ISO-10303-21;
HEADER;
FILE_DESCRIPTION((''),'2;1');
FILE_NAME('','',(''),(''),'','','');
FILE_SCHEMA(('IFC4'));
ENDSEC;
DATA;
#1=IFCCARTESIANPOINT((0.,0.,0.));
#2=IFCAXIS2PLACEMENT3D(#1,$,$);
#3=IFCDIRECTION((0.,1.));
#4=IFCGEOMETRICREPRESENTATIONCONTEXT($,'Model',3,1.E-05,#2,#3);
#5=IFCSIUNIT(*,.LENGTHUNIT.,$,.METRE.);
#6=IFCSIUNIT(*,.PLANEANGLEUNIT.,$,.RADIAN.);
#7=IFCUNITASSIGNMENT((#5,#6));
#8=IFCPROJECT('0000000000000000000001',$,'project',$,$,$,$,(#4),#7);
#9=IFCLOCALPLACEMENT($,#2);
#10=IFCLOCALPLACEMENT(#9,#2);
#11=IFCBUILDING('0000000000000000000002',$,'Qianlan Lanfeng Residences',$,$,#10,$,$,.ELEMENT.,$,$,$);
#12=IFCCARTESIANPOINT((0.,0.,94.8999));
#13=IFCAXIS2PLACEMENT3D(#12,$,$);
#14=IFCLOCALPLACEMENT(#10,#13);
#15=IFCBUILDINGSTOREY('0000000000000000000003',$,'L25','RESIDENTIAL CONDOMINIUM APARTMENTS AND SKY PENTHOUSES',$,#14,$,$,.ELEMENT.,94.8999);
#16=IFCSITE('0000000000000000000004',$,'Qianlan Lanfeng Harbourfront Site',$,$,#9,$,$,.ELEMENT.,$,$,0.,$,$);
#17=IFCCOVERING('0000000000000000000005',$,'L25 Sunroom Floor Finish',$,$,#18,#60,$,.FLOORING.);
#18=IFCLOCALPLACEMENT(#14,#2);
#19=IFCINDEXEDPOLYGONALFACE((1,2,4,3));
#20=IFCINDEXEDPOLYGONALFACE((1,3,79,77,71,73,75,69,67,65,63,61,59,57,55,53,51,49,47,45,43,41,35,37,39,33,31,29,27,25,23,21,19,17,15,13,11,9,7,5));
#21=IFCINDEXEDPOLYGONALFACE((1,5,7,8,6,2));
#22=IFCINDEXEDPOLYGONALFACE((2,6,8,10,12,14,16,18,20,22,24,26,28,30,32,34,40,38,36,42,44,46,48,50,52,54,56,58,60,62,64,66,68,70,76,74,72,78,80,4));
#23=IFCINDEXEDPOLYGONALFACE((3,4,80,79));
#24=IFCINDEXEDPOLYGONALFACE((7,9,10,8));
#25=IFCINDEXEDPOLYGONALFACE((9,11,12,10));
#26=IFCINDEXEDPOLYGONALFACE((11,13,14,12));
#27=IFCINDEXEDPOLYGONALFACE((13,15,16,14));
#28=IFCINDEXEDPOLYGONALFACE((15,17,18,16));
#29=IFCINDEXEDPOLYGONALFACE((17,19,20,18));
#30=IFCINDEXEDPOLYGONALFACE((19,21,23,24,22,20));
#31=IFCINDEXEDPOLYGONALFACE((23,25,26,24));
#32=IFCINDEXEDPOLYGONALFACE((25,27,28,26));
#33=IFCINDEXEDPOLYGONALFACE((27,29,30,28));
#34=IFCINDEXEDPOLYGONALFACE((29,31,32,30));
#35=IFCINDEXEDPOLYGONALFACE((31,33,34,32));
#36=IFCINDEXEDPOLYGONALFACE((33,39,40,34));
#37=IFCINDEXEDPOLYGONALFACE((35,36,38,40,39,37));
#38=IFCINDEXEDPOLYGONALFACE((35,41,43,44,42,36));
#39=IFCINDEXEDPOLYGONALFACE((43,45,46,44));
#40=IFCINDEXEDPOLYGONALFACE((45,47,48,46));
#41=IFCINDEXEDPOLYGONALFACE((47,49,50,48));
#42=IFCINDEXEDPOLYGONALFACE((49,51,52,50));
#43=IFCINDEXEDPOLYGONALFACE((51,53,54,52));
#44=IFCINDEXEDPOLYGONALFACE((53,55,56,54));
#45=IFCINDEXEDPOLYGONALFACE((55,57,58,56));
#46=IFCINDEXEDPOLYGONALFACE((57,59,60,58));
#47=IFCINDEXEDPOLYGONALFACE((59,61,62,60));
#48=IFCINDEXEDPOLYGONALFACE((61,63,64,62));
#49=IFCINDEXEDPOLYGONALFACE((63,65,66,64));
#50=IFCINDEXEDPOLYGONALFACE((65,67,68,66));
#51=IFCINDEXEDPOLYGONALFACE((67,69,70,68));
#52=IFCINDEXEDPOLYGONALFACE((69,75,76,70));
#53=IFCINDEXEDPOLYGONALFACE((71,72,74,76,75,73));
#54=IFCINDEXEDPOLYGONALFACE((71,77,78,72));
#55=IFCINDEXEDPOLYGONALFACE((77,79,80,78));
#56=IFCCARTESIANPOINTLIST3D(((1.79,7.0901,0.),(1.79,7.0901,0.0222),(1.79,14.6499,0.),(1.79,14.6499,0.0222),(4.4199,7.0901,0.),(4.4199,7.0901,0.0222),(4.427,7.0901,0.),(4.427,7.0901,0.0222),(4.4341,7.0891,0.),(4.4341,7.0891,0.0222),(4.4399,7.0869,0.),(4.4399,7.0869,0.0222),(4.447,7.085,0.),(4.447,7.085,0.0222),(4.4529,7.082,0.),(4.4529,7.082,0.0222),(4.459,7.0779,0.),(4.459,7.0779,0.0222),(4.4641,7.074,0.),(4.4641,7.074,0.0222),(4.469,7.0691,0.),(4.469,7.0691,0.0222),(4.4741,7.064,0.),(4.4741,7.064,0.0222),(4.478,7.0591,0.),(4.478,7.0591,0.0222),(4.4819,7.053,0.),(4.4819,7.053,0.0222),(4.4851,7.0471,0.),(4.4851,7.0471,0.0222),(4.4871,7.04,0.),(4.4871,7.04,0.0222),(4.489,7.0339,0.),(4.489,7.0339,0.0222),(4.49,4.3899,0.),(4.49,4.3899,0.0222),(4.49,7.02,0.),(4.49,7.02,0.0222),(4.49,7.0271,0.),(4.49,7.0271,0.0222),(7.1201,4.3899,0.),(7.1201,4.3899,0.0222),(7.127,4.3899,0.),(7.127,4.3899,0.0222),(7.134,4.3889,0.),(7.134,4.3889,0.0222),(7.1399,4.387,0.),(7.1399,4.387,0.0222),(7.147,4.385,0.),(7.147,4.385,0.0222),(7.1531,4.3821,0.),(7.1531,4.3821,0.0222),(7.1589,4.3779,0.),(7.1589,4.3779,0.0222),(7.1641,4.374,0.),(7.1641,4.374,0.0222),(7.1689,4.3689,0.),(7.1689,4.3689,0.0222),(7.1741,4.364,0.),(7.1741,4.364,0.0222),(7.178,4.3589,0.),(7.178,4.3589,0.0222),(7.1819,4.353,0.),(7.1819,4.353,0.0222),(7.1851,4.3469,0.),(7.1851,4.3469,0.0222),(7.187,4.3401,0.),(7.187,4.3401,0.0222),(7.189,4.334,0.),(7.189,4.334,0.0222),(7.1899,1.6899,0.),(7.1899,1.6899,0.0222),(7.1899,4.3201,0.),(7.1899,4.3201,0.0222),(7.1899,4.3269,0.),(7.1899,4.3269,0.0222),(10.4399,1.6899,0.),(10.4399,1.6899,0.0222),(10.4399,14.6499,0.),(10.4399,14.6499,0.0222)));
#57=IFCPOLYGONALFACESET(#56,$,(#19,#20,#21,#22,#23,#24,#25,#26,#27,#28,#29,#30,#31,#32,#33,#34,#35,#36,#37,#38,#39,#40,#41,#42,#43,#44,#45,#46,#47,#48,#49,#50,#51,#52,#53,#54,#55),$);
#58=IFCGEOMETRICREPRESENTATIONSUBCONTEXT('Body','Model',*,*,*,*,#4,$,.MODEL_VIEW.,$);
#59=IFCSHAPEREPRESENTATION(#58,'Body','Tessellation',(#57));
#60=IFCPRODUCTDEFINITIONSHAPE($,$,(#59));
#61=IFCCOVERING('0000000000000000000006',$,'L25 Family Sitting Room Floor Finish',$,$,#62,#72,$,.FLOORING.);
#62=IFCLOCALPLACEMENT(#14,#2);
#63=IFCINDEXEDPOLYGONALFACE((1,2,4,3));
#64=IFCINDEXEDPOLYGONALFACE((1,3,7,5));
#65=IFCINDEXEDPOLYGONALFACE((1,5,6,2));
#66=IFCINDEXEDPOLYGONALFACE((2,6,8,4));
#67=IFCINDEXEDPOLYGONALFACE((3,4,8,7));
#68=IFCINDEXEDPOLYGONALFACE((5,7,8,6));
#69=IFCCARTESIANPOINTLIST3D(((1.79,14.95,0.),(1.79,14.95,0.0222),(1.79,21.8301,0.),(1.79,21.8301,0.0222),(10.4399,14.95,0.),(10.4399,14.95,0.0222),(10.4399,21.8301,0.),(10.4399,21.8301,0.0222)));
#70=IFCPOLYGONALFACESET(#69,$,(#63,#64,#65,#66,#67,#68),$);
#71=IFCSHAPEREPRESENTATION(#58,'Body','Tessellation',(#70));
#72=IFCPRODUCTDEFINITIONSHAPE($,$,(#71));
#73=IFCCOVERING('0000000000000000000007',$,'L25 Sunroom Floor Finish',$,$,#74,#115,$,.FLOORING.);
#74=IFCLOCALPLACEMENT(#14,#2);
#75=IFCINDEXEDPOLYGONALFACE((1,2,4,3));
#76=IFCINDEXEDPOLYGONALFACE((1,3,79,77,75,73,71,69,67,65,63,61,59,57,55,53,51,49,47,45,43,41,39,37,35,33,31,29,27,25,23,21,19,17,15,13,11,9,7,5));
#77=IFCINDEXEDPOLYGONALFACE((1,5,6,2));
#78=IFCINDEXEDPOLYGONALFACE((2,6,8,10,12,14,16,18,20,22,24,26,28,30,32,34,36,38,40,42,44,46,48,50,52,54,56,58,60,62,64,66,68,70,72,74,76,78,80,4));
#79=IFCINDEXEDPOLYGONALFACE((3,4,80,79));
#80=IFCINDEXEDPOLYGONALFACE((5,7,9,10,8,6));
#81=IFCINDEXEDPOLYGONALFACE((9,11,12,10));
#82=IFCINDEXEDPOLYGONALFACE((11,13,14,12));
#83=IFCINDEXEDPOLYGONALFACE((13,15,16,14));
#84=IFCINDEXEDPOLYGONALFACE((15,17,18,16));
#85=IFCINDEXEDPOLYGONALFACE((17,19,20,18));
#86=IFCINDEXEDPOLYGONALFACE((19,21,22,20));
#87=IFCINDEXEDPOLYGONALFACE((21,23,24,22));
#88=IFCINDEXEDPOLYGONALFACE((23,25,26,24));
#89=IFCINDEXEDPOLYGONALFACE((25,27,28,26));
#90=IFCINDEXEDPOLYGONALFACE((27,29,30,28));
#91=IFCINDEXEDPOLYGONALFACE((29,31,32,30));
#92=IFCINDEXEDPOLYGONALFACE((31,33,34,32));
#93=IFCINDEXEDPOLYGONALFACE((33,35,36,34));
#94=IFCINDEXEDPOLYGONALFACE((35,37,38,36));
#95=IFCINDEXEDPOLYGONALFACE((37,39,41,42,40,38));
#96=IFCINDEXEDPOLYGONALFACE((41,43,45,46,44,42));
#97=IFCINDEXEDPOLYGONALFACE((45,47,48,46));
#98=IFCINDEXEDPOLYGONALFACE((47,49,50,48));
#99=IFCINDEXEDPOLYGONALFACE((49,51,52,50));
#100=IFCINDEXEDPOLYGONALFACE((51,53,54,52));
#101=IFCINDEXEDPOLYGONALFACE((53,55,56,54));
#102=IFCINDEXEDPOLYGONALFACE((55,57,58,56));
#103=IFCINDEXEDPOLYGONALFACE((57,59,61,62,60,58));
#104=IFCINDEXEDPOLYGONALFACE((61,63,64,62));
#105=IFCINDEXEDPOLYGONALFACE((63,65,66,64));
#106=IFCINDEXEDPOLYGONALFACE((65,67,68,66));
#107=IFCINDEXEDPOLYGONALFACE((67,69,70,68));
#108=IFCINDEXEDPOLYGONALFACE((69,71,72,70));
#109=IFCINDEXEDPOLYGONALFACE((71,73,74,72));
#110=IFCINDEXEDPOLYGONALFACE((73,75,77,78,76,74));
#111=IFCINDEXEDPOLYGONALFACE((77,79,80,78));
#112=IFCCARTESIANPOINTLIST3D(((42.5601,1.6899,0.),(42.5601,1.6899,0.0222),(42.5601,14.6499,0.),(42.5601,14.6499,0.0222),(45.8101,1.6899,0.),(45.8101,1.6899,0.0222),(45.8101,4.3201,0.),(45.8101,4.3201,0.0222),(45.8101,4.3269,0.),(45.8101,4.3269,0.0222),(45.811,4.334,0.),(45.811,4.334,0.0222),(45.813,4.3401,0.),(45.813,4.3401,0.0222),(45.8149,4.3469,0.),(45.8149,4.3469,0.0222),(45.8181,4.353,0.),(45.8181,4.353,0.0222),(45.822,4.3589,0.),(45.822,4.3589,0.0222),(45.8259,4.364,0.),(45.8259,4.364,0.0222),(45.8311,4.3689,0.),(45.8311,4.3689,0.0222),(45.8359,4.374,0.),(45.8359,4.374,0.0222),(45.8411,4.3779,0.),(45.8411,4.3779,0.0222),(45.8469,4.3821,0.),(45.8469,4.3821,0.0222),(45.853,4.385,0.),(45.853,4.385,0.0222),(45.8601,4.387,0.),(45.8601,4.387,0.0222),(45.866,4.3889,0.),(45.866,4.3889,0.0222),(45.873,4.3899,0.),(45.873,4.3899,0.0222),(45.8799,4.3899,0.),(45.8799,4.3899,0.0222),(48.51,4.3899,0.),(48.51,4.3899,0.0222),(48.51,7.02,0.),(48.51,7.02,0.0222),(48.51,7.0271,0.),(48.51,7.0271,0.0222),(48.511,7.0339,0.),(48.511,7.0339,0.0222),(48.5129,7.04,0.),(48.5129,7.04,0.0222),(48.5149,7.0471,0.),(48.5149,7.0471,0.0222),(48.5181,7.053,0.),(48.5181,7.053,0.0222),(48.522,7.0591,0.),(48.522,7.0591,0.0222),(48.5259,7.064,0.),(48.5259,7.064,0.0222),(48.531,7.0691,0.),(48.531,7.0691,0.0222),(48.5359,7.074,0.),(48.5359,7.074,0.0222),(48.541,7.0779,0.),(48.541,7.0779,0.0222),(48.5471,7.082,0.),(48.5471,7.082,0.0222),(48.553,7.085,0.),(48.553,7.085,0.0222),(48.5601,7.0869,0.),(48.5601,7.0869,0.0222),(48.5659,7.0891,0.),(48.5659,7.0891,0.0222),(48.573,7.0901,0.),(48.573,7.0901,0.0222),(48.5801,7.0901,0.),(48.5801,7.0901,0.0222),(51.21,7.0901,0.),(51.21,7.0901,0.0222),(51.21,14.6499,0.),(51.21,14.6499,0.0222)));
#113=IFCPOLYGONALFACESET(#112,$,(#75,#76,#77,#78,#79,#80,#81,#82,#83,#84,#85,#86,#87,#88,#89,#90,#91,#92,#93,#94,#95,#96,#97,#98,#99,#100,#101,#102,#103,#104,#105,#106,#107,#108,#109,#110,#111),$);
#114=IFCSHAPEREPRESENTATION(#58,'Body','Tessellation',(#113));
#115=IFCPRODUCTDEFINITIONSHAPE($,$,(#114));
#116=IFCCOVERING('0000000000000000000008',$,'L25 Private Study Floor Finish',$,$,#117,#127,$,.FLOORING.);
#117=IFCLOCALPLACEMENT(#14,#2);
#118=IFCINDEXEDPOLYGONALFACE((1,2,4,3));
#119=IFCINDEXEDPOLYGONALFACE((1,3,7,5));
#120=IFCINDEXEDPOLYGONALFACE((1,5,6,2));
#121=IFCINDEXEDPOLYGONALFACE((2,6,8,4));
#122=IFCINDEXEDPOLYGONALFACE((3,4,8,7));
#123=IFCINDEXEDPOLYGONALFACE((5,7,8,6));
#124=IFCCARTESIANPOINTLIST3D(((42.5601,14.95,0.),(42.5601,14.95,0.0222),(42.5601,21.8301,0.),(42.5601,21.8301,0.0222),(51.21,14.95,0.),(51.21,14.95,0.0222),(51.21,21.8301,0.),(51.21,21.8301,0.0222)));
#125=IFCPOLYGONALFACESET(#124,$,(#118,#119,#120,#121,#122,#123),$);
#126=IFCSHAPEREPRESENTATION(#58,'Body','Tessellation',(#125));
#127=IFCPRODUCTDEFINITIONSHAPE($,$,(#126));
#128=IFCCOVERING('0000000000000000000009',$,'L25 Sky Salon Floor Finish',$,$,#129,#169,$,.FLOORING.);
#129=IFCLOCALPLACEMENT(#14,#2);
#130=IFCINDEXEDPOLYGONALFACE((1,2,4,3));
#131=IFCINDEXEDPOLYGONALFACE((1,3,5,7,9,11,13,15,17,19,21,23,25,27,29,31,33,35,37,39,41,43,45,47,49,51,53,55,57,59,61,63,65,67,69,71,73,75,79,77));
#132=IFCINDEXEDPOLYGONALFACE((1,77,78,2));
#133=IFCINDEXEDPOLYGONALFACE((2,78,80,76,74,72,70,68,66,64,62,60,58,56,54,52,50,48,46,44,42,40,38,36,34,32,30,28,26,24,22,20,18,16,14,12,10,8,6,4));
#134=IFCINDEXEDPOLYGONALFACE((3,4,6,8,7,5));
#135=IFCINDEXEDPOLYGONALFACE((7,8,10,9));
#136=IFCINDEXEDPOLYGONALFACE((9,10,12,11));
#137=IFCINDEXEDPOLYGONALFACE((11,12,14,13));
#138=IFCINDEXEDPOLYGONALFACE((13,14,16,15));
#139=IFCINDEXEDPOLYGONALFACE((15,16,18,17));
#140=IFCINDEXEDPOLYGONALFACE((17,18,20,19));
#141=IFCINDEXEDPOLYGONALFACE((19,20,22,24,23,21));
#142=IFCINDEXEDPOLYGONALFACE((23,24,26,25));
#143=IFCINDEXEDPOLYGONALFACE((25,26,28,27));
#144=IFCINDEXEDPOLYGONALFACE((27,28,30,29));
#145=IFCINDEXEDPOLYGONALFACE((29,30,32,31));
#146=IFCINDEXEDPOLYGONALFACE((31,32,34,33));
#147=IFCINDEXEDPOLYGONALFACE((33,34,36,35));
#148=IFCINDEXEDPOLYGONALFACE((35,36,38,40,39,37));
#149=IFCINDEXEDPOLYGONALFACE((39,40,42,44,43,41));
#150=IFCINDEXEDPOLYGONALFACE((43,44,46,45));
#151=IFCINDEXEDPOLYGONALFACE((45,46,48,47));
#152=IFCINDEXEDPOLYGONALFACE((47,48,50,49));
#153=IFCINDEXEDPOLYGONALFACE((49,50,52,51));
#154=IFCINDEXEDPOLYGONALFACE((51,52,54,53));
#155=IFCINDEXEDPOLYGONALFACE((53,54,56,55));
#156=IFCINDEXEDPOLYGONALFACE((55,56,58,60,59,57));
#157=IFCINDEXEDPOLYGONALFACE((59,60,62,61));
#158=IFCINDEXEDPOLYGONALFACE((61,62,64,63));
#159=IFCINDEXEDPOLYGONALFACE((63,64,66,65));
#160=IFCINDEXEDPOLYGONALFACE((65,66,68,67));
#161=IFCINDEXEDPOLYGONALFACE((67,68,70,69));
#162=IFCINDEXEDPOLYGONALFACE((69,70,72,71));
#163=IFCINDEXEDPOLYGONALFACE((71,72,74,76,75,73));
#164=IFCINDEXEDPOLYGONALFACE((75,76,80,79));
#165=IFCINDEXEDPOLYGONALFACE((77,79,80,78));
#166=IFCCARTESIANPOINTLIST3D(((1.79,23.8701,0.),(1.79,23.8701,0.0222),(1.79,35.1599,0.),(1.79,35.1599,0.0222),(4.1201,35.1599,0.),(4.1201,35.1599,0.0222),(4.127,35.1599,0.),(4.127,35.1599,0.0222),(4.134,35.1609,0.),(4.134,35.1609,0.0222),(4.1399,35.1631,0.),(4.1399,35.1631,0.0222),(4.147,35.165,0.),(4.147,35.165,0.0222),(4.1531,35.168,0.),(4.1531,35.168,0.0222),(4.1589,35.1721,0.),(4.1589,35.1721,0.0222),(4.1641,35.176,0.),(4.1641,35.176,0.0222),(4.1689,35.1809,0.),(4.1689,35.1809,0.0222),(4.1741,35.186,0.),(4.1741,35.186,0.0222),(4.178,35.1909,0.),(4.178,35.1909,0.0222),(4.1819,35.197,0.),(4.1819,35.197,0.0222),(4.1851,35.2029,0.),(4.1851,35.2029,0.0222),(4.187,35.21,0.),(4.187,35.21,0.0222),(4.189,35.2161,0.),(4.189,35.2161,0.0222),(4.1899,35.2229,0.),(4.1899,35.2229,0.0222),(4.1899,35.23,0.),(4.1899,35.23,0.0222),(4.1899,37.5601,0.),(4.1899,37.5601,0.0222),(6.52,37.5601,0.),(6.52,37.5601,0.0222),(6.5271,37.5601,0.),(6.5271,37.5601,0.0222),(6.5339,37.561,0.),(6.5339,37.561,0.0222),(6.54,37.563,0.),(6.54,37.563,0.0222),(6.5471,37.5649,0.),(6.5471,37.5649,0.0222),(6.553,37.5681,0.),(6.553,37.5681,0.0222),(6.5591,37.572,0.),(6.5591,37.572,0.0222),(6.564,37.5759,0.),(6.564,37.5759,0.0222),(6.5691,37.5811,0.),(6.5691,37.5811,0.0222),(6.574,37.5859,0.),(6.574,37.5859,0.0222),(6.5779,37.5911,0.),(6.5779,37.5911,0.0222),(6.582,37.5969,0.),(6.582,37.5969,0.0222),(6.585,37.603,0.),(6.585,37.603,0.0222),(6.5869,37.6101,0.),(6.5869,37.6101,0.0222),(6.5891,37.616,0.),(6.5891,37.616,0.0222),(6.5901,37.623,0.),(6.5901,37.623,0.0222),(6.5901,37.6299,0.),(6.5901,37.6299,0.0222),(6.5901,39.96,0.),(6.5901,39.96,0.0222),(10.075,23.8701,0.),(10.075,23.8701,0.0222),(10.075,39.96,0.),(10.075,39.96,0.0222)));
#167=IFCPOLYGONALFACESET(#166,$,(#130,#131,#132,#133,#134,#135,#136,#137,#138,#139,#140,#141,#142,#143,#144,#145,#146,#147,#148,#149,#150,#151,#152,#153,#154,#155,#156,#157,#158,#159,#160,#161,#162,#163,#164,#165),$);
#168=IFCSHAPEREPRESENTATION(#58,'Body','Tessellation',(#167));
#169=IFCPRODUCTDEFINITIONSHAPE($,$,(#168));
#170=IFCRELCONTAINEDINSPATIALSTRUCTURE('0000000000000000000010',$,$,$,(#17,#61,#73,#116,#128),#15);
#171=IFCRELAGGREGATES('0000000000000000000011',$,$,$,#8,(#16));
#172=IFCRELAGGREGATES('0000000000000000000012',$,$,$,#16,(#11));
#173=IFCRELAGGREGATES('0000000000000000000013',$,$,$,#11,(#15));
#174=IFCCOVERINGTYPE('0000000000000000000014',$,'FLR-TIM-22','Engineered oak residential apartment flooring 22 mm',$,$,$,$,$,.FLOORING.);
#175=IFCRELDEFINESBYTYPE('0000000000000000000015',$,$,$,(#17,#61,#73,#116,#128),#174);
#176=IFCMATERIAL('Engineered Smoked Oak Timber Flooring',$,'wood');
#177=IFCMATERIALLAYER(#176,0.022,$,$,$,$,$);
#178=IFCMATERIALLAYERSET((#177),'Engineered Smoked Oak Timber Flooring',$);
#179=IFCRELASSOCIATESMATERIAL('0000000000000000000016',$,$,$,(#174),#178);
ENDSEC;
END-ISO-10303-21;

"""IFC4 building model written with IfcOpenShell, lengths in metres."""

from ifc_helpers import new_model, si_unit, direction, frame, origin, place, context, subcontext, project, spatial, polyline, outline, extrude, material, layer, layer_set, type_object, element, save


model = new_model("IFC4")

# Units and contexts
model_context = context("Model", 3, precision=1e-05, world=origin(), true_north=direction((0.0, 1.0)))
body_context = subcontext(model_context, "Body", "Model", "MODEL_VIEW")
ifc_project = project(units=[si_unit("LENGTHUNIT", "METRE"), si_unit("PLANEANGLEUNIT", "RADIAN")], contexts=[model_context])

# Site, building, storey
site_placement = place(None, origin())
site = spatial("IfcSite", under=ifc_project, at=site_placement, Name="Qianlan Lanfeng Harbourfront Site", CompositionType="ELEMENT", RefElevation=0.0)
building_placement = place(site_placement, origin())
building = spatial("IfcBuilding", under=site, at=building_placement, Name="Qianlan Lanfeng Residences", CompositionType="ELEMENT")
storey_placement = place(building_placement, frame((0.0, 0.0, 94.8999)))
storey = spatial("IfcBuildingStorey", under=building, at=storey_placement, Name="L25", Description="RESIDENTIAL CONDOMINIUM APARTMENTS AND SKY PENTHOUSES", CompositionType="ELEMENT", Elevation=94.8999)

# Coverings
ifc_material_1 = material(Name="Engineered Smoked Oak Timber Flooring", Category="wood")
ifc_layer_1 = layer(ifc_material_1, 0.022)
ifc_layer_set_1 = layer_set([ifc_layer_1], Name="Engineered Smoked Oak Timber Flooring")
covering_type_1 = type_object("IfcCoveringType", Name="FLR-TIM-22", Description="Engineered oak residential apartment flooring 22 mm", PredefinedType="FLOORING", material=ifc_layer_set_1)
covering_1_placement = place(storey_placement, origin())
element("IfcCovering", 1, at=covering_1_placement, inside=storey, type_object=covering_type_1, Name="L25 Sunroom Floor Finish", PredefinedType="FLOORING", context=body_context, shape_type="SweptSolid", body=[
    extrude(outline(polyline([(10.4399, 14.6499), (1.79, 14.6499), (1.79, 7.0901), (4.4199, 7.0901), (4.427, 7.0901), (4.4341, 7.0891), (4.4399, 7.0869), (4.447, 7.085), (4.4529, 7.082), (4.459, 7.0779), (4.4641, 7.074), (4.469, 7.0691), (4.4741, 7.064), (4.478, 7.0591), (4.4819, 7.053), (4.4851, 7.0471), (4.4871, 7.04), (4.489, 7.0339), (4.49, 7.0271), (4.49, 7.02), (4.49, 4.3899), (7.1201, 4.3899), (7.127, 4.3899), (7.134, 4.3889), (7.1399, 4.387), (7.147, 4.385), (7.1531, 4.3821), (7.1589, 4.3779), (7.1641, 4.374), (7.1689, 4.3689), (7.1741, 4.364), (7.178, 4.3589), (7.1819, 4.353), (7.1851, 4.3469), (7.187, 4.3401), (7.189, 4.334), (7.1899, 4.3269), (7.1899, 4.3201), (7.1899, 1.6899), (10.4399, 1.6899), (10.4399, 14.6499)])), origin(), (0.0, 0.0, 1.0), 0.0222),
])
covering_2_placement = place(storey_placement, origin())
element("IfcCovering", 2, at=covering_2_placement, inside=storey, type_object=covering_type_1, Name="L25 Family Sitting Room Floor Finish", PredefinedType="FLOORING", context=body_context, shape_type="SweptSolid", body=[
    extrude(outline(polyline([(10.4399, 21.8301), (1.79, 21.8301), (1.79, 14.95), (10.4399, 14.95), (10.4399, 21.8301)])), origin(), (0.0, 0.0, 1.0), 0.0222),
])
covering_3_placement = place(storey_placement, origin())
element("IfcCovering", 3, at=covering_3_placement, inside=storey, type_object=covering_type_1, Name="L25 Sunroom Floor Finish", PredefinedType="FLOORING", context=body_context, shape_type="SweptSolid", body=[
    extrude(outline(polyline([(51.21, 14.6499), (42.5601, 14.6499), (42.5601, 1.6899), (45.8101, 1.6899), (45.8101, 4.3201), (45.8101, 4.3269), (45.811, 4.334), (45.813, 4.3401), (45.8149, 4.3469), (45.8181, 4.353), (45.822, 4.3589), (45.8259, 4.364), (45.8311, 4.3689), (45.8359, 4.374), (45.8411, 4.3779), (45.8469, 4.3821), (45.853, 4.385), (45.8601, 4.387), (45.866, 4.3889), (45.873, 4.3899), (45.8799, 4.3899), (48.51, 4.3899), (48.51, 7.02), (48.51, 7.0271), (48.511, 7.0339), (48.5129, 7.04), (48.5149, 7.0471), (48.5181, 7.053), (48.522, 7.0591), (48.5259, 7.064), (48.531, 7.0691), (48.5359, 7.074), (48.541, 7.0779), (48.5471, 7.082), (48.553, 7.085), (48.5601, 7.0869), (48.5659, 7.0891), (48.573, 7.0901), (48.5801, 7.0901), (51.21, 7.0901), (51.21, 14.6499)])), origin(), (0.0, 0.0, 1.0), 0.0222),
])
covering_4_placement = place(storey_placement, origin())
element("IfcCovering", 4, at=covering_4_placement, inside=storey, type_object=covering_type_1, Name="L25 Private Study Floor Finish", PredefinedType="FLOORING", context=body_context, shape_type="SweptSolid", body=[
    extrude(outline(polyline([(51.21, 21.8301), (42.5601, 21.8301), (42.5601, 14.95), (51.21, 14.95), (51.21, 21.8301)])), origin(), (0.0, 0.0, 1.0), 0.0222),
])
covering_5_placement = place(storey_placement, origin())
element("IfcCovering", 5, at=covering_5_placement, inside=storey, type_object=covering_type_1, Name="L25 Sky Salon Floor Finish", PredefinedType="FLOORING", context=body_context, shape_type="SweptSolid", body=[
    extrude(outline(polyline([(10.075, 23.8701), (10.075, 39.96), (6.5901, 39.96), (6.5901, 37.6299), (6.5901, 37.623), (6.5891, 37.616), (6.5869, 37.6101), (6.585, 37.603), (6.582, 37.5969), (6.5779, 37.5911), (6.574, 37.5859), (6.5691, 37.5811), (6.564, 37.5759), (6.5591, 37.572), (6.553, 37.5681), (6.5471, 37.5649), (6.54, 37.563), (6.5339, 37.561), (6.5271, 37.5601), (6.52, 37.5601), (4.1899, 37.5601), (4.1899, 35.23), (4.1899, 35.2229), (4.189, 35.2161), (4.187, 35.21), (4.1851, 35.2029), (4.1819, 35.197), (4.178, 35.1909), (4.1741, 35.186), (4.1689, 35.1809), (4.1641, 35.176), (4.1589, 35.1721), (4.1531, 35.168), (4.147, 35.165), (4.1399, 35.1631), (4.134, 35.1609), (4.127, 35.1599), (4.1201, 35.1599), (1.79, 35.1599), (1.79, 23.8701), (10.075, 23.8701)])), origin(), (0.0, 0.0, 1.0), 0.0222),
])

save(model, "model.ifc")
